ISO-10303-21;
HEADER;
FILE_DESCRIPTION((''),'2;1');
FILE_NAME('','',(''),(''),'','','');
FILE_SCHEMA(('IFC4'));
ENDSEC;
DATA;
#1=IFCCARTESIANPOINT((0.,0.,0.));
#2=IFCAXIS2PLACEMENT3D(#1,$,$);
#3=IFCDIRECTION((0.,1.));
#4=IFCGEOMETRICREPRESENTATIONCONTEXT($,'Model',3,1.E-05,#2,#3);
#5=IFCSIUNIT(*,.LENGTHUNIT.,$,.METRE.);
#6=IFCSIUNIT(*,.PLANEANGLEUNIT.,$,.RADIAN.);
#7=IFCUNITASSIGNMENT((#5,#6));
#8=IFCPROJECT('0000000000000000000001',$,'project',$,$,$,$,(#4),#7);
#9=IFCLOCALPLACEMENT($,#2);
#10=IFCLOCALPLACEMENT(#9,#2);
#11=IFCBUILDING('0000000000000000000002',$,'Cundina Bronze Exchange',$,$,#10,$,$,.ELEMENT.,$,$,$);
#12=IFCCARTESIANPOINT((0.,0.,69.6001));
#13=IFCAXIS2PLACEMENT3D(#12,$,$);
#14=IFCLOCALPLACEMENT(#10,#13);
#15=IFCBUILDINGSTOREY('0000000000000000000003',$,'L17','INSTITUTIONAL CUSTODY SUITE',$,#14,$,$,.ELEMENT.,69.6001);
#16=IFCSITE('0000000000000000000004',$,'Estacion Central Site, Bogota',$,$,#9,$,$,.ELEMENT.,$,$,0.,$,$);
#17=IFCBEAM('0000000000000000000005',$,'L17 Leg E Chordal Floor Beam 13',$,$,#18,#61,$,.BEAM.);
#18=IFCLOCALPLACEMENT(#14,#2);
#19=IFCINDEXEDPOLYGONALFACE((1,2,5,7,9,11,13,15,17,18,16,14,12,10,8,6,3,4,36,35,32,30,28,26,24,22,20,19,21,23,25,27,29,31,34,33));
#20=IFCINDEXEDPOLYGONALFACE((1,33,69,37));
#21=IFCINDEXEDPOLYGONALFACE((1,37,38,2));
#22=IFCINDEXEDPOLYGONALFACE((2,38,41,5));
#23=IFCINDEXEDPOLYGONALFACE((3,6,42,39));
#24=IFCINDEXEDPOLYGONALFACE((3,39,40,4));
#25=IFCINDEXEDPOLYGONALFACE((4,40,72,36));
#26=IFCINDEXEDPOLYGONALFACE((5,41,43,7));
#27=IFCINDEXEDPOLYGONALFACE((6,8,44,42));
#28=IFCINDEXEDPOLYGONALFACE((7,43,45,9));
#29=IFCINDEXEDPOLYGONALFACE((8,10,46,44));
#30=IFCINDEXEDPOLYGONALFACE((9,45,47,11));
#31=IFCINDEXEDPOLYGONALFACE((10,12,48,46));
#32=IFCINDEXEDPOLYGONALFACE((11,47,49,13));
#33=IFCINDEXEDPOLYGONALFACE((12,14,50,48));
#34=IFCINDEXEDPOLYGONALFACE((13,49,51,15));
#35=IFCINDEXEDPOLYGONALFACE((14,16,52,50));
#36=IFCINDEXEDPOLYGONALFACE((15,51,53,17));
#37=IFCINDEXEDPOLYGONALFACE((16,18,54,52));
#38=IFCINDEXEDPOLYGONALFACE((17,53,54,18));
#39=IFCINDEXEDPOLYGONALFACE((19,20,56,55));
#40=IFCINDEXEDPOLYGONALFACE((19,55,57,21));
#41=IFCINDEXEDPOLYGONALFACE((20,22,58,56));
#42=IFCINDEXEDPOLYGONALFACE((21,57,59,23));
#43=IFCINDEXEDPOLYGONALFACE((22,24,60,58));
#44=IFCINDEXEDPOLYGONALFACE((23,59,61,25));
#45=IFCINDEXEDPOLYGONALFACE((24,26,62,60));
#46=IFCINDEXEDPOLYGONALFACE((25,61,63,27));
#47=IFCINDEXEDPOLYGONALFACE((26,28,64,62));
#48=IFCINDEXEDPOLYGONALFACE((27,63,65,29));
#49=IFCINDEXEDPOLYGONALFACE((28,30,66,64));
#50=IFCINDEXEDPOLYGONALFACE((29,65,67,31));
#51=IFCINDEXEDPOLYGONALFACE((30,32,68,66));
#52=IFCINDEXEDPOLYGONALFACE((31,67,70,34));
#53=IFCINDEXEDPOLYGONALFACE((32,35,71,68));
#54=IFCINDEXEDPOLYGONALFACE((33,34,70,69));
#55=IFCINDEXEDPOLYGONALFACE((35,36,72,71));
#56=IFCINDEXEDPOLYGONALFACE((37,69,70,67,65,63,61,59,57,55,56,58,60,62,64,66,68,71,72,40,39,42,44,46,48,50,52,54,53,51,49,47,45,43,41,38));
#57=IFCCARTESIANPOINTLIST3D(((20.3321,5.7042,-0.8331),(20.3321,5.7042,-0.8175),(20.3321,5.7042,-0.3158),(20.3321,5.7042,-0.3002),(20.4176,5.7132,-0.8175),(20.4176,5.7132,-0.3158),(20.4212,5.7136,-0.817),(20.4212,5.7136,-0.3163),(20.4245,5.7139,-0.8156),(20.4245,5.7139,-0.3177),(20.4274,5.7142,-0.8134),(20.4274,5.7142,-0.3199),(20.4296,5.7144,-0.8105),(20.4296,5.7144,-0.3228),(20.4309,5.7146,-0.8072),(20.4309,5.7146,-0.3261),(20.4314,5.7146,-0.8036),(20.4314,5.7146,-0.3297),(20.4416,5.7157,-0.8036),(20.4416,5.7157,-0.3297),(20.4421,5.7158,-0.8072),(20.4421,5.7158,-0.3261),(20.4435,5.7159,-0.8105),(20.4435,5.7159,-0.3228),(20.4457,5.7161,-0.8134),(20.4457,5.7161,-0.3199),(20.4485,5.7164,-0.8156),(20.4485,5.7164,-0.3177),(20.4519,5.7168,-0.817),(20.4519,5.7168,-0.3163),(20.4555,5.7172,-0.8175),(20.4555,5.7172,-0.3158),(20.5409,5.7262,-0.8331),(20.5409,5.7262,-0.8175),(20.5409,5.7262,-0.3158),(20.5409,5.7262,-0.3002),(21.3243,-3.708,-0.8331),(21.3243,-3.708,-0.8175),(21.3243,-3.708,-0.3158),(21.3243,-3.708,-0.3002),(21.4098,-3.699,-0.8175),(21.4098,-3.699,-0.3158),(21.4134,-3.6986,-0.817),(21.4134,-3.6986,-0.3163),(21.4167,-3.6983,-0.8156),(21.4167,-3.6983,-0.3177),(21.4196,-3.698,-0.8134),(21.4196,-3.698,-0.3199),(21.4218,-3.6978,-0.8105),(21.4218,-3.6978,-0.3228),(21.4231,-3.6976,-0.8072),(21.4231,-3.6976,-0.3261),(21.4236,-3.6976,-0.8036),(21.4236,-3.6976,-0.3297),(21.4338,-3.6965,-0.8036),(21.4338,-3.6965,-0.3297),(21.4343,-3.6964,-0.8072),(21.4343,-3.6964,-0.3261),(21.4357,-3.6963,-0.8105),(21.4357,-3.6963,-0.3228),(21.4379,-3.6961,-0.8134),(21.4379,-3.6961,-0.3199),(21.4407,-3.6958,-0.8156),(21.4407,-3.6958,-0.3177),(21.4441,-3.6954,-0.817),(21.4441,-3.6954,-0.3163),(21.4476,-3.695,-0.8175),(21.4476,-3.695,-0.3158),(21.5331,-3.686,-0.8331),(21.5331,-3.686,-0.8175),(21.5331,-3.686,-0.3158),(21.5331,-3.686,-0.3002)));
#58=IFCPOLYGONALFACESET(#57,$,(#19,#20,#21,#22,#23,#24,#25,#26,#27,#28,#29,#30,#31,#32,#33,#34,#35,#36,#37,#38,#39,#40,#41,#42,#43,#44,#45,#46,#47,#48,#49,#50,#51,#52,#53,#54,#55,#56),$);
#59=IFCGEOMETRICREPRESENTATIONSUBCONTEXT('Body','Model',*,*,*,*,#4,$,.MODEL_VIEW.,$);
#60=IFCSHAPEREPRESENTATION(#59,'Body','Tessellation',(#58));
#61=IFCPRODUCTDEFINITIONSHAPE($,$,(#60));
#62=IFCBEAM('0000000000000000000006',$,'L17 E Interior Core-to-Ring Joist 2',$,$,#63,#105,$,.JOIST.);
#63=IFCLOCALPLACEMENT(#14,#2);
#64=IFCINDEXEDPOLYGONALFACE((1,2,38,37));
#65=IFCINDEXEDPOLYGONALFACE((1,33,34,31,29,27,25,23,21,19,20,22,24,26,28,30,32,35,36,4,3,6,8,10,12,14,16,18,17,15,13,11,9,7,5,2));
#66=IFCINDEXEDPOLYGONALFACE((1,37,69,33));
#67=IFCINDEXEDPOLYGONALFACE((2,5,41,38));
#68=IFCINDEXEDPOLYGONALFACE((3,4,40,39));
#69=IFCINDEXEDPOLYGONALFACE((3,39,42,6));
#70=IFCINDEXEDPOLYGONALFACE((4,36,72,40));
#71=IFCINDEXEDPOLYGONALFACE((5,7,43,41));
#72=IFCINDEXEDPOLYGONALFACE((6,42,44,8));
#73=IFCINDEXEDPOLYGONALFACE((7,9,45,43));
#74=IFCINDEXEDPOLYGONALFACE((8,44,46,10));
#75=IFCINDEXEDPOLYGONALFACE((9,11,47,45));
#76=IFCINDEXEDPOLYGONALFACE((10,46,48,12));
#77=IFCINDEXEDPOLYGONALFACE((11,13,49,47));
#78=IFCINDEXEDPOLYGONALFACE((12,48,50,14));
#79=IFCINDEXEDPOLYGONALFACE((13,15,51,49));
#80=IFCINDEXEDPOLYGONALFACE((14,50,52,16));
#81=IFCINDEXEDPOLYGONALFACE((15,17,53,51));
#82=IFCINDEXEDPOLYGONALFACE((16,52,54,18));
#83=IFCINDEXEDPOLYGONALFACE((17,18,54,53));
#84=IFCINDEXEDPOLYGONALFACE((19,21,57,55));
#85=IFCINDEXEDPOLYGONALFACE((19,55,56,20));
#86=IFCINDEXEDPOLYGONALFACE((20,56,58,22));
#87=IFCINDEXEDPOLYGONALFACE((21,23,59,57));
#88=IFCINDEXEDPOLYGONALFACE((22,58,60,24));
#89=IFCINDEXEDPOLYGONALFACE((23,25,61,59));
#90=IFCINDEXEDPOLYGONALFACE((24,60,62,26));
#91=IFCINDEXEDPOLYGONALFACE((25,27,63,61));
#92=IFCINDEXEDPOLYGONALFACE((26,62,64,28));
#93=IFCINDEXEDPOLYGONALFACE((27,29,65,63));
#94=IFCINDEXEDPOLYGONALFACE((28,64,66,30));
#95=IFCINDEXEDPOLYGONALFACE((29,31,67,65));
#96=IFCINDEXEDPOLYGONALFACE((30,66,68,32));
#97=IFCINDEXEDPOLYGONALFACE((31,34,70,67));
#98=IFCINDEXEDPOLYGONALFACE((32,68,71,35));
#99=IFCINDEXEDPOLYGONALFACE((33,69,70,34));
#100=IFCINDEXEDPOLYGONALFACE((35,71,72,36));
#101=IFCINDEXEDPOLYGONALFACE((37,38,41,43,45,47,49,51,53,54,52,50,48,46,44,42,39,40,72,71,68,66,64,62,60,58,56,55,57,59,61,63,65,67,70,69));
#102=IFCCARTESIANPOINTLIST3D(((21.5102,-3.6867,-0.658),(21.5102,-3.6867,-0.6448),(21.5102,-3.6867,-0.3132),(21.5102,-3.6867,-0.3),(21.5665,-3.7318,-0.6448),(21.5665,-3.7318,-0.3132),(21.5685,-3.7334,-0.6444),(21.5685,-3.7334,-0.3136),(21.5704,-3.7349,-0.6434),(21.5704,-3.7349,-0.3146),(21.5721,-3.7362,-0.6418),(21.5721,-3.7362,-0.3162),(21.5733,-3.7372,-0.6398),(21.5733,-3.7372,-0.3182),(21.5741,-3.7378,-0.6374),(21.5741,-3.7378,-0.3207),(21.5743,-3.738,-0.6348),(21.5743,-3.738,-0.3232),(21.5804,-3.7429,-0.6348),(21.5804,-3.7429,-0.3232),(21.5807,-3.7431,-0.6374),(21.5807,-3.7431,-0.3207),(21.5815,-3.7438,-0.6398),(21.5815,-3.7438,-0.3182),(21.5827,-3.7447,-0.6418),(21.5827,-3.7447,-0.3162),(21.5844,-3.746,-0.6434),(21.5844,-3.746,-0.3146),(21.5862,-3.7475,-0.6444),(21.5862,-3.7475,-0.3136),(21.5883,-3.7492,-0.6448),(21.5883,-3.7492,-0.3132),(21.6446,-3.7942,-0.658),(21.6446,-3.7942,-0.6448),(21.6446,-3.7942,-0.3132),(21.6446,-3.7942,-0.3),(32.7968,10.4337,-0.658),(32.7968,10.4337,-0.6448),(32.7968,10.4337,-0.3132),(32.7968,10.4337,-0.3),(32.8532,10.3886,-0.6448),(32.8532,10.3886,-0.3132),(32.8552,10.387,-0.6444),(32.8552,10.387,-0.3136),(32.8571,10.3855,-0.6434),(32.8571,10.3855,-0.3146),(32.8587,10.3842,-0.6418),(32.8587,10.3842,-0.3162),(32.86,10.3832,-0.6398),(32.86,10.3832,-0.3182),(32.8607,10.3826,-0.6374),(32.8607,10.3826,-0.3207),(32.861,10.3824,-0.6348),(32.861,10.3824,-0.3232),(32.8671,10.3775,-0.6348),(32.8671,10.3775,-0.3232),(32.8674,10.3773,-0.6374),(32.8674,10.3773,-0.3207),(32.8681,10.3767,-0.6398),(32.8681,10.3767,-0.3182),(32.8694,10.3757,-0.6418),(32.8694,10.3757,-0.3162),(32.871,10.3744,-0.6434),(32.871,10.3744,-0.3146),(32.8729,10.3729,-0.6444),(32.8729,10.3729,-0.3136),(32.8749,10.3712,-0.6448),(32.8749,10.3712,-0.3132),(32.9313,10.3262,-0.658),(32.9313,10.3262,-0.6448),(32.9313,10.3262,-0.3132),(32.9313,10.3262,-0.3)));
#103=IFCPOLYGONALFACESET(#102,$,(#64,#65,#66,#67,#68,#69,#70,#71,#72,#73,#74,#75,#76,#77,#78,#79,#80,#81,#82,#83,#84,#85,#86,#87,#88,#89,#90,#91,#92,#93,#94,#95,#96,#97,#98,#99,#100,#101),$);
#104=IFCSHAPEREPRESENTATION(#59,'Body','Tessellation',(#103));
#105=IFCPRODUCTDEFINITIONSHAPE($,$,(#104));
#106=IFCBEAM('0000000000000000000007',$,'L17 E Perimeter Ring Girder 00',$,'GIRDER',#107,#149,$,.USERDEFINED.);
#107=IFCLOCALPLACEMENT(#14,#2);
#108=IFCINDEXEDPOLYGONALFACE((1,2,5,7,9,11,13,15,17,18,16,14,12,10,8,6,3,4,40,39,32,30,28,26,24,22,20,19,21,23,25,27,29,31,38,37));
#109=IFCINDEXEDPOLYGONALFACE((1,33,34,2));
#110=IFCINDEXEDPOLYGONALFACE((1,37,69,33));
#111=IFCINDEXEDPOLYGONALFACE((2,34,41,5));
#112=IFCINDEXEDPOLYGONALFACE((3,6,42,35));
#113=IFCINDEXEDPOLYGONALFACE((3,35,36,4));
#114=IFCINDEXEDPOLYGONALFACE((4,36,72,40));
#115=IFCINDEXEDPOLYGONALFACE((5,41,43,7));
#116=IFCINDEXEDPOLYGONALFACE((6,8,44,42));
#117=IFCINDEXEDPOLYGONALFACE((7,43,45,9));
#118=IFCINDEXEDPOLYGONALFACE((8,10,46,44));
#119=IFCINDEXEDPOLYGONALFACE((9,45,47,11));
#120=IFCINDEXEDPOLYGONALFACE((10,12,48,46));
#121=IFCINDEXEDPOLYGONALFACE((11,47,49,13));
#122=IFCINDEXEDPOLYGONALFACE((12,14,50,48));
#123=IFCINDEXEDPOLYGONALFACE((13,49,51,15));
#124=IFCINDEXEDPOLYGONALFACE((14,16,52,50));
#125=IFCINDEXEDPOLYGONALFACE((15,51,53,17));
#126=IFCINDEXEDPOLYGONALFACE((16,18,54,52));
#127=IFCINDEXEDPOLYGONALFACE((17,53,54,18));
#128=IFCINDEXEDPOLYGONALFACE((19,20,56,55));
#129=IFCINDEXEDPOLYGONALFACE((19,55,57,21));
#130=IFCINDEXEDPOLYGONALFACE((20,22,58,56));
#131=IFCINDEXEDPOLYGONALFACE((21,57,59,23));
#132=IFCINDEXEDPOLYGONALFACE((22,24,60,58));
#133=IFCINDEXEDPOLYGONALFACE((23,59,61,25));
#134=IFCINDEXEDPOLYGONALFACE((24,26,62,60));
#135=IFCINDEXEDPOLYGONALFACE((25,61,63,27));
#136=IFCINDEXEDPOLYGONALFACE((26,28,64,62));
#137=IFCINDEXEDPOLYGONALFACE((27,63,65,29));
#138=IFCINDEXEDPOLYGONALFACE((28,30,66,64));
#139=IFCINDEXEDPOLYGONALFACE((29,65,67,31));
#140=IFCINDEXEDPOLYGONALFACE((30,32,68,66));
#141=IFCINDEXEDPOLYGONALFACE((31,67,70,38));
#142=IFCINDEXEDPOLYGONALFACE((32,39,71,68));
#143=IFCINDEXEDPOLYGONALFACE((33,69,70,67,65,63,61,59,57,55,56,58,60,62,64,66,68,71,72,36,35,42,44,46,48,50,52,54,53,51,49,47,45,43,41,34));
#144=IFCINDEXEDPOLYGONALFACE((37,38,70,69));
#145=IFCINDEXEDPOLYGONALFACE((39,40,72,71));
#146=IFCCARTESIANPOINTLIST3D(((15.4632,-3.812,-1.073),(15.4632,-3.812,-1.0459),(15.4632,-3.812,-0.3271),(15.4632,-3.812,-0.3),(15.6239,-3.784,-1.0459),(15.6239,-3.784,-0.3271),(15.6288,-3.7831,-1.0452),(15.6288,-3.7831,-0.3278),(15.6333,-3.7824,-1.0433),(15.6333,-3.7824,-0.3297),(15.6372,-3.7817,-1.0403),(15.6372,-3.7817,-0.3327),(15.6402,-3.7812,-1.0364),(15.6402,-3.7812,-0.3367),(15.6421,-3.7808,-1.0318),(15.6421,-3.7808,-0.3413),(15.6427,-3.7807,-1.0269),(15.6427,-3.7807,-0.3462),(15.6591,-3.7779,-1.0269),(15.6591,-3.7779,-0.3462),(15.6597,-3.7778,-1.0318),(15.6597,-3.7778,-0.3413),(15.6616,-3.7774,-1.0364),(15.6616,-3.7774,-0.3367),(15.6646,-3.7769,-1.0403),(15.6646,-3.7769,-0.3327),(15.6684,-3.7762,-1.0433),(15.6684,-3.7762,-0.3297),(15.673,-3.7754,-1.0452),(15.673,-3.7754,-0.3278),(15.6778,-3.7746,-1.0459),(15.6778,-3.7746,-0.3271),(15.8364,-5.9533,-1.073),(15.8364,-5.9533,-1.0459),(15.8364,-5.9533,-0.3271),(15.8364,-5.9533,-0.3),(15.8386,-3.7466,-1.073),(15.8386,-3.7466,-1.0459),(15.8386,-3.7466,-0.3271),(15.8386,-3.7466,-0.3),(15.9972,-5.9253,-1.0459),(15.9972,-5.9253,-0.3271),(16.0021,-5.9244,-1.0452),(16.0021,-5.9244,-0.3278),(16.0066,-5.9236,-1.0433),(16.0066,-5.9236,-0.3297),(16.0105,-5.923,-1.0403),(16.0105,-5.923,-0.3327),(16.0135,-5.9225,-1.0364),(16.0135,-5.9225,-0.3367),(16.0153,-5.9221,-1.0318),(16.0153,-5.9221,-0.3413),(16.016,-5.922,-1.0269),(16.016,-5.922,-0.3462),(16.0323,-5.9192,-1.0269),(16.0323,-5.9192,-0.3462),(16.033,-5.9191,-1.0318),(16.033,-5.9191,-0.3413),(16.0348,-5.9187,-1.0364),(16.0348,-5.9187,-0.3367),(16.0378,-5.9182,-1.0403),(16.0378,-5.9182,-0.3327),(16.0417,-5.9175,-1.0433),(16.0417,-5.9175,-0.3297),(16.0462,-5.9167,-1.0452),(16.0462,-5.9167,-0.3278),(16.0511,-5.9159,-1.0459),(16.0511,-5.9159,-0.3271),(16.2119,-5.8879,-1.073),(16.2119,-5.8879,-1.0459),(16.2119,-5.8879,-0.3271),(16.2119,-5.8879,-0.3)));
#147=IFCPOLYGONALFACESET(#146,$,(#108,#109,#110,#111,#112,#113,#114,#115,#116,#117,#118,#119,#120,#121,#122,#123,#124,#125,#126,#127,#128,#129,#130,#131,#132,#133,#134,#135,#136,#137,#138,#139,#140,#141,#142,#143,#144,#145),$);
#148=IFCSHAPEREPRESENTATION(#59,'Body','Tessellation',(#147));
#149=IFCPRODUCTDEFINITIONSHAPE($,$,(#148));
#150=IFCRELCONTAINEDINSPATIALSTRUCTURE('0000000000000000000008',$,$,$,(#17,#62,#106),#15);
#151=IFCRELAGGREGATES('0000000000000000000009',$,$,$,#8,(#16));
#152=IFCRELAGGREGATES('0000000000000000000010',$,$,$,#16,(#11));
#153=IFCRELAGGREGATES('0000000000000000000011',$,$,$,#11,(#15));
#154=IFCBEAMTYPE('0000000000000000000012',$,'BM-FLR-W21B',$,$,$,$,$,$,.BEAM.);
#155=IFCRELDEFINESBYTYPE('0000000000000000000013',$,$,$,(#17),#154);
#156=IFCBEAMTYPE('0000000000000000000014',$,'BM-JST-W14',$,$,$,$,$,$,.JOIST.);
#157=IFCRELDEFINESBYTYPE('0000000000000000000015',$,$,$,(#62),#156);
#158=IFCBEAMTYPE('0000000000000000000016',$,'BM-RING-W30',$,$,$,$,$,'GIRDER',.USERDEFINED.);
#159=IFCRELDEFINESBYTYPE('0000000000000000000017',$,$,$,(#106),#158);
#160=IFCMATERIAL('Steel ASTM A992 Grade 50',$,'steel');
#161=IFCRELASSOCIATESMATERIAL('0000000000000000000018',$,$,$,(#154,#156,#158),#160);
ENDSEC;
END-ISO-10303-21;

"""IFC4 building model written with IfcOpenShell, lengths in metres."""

from ifc_helpers import new_model, si_unit, direction, frame, origin, origin_2d, place, context, subcontext, project, spatial, i_section, extrude, material, material_profile, profile_set, type_object, element, save


model = new_model("IFC4")

# Units and contexts
model_context = context("Model", 3, precision=1e-05, world=origin(), true_north=direction((0.0, 1.0)))
body_context = subcontext(model_context, "Body", "Model", "MODEL_VIEW")
ifc_project = project(units=[si_unit("LENGTHUNIT", "METRE"), si_unit("PLANEANGLEUNIT", "RADIAN")], contexts=[model_context])

# Site, building, storey
site_placement = place(None, origin())
site = spatial("IfcSite", under=ifc_project, at=site_placement, Name="Estacion Central Site, Bogota", CompositionType="ELEMENT", RefElevation=0.0)
building_placement = place(site_placement, origin())
building = spatial("IfcBuilding", under=site, at=building_placement, Name="Cundina Bronze Exchange", CompositionType="ELEMENT")
storey_placement = place(building_placement, frame((0.0, 0.0, 69.6001)))
storey = spatial("IfcBuildingStorey", under=building, at=storey_placement, Name="L17", Description="INSTITUTIONAL CUSTODY SUITE", CompositionType="ELEMENT", Elevation=69.6001)

# Shared definitions
ifc_material_1 = material(Name="Steel ASTM A992 Grade 50", Category="steel")

# Beams
ifc_material_profile_1 = material_profile(ifc_material_1, i_section(OverallWidth=0.21, OverallDepth=0.533, WebThickness=0.0103, FlangeThickness=0.0156, FilletRadius=0.0139, at=origin_2d()), Name="W21X62", Category="steel")
ifc_profile_set_1 = profile_set([ifc_material_profile_1], Name="Steel ASTM A992 Grade 50")
beam_type_1 = type_object("IfcBeamType", Name="BM-FLR-W21B", PredefinedType="BEAM", material=ifc_profile_set_1)
beam_1_placement = place(storey_placement, frame((21.4287, -3.697, -0.5667), z_axis=(-0.104835, 0.99449, 0.0), x_axis=(-0.99449, -0.104835, 0.0)))
element("IfcBeam", 1, at=beam_1_placement, inside=storey, type_object=beam_type_1, Name="L17 Leg E Chordal Floor Beam 13", PredefinedType="BEAM", context=body_context, shape_type="SweptSolid", body=[
    extrude(i_section(OverallWidth=0.21, OverallDepth=0.533, WebThickness=0.0103, FlangeThickness=0.0156, FilletRadius=0.0139, at=origin_2d()), origin(), (0.0, 0.0, 1.0), 9.4644),
])
ifc_material_profile_2 = material_profile(ifc_material_1, i_section(OverallWidth=0.1721, OverallDepth=0.3579, WebThickness=0.0078, FlangeThickness=0.0132, FilletRadius=0.01, at=origin_2d()), Name="W14X38", Category="steel")
ifc_profile_set_2 = profile_set([ifc_material_profile_2], Name="Steel ASTM A992 Grade 50")
beam_type_2 = type_object("IfcBeamType", Name="BM-JST-W14", PredefinedType="JOIST", material=ifc_profile_set_2)
beam_2_placement = place(storey_placement, frame((21.5774, -3.7405, -0.479), z_axis=(0.624369, 0.78113, 0.0), x_axis=(-0.78113, 0.624369, 0.0)))
element("IfcBeam", 2, at=beam_2_placement, inside=storey, type_object=beam_type_2, Name="L17 E Interior Core-to-Ring Joist 2", PredefinedType="JOIST", context=body_context, shape_type="SweptSolid", body=[
    extrude(i_section(OverallWidth=0.1721, OverallDepth=0.3579, WebThickness=0.0078, FlangeThickness=0.0132, FilletRadius=0.01, at=origin_2d()), origin(), (0.0, 0.0, 1.0), 18.0769),
])
ifc_material_profile_3 = material_profile(ifc_material_1, i_section(OverallWidth=0.3811, OverallDepth=0.7729, WebThickness=0.0166, FlangeThickness=0.0271, FilletRadius=0.019, at=origin_2d()), Name="W30X173", Category="steel")
ifc_profile_set_3 = profile_set([ifc_material_profile_3], Name="Steel ASTM A992 Grade 50")
beam_type_3 = type_object("IfcBeamType", Name="BM-RING-W30", ElementType="GIRDER", PredefinedType="USERDEFINED", material=ifc_profile_set_3)
beam_3_placement = place(storey_placement, frame((15.6509, -3.7793, -0.6865), z_axis=(0.171735, -0.985143, 0.0), x_axis=(0.985143, 0.171735, 0.0)))
element("IfcBeam", 3, at=beam_3_placement, inside=storey, type_object=beam_type_3, Name="L17 E Perimeter Ring Girder 00", ObjectType="GIRDER", PredefinedType="USERDEFINED", context=body_context, shape_type="SweptSolid", body=[
    extrude(i_section(OverallWidth=0.3811, OverallDepth=0.7729, WebThickness=0.0166, FlangeThickness=0.0271, FilletRadius=0.019, at=origin_2d()), origin(), (0.0, 0.0, 1.0), 2.1736),
])

save(model, "model.ifc")
